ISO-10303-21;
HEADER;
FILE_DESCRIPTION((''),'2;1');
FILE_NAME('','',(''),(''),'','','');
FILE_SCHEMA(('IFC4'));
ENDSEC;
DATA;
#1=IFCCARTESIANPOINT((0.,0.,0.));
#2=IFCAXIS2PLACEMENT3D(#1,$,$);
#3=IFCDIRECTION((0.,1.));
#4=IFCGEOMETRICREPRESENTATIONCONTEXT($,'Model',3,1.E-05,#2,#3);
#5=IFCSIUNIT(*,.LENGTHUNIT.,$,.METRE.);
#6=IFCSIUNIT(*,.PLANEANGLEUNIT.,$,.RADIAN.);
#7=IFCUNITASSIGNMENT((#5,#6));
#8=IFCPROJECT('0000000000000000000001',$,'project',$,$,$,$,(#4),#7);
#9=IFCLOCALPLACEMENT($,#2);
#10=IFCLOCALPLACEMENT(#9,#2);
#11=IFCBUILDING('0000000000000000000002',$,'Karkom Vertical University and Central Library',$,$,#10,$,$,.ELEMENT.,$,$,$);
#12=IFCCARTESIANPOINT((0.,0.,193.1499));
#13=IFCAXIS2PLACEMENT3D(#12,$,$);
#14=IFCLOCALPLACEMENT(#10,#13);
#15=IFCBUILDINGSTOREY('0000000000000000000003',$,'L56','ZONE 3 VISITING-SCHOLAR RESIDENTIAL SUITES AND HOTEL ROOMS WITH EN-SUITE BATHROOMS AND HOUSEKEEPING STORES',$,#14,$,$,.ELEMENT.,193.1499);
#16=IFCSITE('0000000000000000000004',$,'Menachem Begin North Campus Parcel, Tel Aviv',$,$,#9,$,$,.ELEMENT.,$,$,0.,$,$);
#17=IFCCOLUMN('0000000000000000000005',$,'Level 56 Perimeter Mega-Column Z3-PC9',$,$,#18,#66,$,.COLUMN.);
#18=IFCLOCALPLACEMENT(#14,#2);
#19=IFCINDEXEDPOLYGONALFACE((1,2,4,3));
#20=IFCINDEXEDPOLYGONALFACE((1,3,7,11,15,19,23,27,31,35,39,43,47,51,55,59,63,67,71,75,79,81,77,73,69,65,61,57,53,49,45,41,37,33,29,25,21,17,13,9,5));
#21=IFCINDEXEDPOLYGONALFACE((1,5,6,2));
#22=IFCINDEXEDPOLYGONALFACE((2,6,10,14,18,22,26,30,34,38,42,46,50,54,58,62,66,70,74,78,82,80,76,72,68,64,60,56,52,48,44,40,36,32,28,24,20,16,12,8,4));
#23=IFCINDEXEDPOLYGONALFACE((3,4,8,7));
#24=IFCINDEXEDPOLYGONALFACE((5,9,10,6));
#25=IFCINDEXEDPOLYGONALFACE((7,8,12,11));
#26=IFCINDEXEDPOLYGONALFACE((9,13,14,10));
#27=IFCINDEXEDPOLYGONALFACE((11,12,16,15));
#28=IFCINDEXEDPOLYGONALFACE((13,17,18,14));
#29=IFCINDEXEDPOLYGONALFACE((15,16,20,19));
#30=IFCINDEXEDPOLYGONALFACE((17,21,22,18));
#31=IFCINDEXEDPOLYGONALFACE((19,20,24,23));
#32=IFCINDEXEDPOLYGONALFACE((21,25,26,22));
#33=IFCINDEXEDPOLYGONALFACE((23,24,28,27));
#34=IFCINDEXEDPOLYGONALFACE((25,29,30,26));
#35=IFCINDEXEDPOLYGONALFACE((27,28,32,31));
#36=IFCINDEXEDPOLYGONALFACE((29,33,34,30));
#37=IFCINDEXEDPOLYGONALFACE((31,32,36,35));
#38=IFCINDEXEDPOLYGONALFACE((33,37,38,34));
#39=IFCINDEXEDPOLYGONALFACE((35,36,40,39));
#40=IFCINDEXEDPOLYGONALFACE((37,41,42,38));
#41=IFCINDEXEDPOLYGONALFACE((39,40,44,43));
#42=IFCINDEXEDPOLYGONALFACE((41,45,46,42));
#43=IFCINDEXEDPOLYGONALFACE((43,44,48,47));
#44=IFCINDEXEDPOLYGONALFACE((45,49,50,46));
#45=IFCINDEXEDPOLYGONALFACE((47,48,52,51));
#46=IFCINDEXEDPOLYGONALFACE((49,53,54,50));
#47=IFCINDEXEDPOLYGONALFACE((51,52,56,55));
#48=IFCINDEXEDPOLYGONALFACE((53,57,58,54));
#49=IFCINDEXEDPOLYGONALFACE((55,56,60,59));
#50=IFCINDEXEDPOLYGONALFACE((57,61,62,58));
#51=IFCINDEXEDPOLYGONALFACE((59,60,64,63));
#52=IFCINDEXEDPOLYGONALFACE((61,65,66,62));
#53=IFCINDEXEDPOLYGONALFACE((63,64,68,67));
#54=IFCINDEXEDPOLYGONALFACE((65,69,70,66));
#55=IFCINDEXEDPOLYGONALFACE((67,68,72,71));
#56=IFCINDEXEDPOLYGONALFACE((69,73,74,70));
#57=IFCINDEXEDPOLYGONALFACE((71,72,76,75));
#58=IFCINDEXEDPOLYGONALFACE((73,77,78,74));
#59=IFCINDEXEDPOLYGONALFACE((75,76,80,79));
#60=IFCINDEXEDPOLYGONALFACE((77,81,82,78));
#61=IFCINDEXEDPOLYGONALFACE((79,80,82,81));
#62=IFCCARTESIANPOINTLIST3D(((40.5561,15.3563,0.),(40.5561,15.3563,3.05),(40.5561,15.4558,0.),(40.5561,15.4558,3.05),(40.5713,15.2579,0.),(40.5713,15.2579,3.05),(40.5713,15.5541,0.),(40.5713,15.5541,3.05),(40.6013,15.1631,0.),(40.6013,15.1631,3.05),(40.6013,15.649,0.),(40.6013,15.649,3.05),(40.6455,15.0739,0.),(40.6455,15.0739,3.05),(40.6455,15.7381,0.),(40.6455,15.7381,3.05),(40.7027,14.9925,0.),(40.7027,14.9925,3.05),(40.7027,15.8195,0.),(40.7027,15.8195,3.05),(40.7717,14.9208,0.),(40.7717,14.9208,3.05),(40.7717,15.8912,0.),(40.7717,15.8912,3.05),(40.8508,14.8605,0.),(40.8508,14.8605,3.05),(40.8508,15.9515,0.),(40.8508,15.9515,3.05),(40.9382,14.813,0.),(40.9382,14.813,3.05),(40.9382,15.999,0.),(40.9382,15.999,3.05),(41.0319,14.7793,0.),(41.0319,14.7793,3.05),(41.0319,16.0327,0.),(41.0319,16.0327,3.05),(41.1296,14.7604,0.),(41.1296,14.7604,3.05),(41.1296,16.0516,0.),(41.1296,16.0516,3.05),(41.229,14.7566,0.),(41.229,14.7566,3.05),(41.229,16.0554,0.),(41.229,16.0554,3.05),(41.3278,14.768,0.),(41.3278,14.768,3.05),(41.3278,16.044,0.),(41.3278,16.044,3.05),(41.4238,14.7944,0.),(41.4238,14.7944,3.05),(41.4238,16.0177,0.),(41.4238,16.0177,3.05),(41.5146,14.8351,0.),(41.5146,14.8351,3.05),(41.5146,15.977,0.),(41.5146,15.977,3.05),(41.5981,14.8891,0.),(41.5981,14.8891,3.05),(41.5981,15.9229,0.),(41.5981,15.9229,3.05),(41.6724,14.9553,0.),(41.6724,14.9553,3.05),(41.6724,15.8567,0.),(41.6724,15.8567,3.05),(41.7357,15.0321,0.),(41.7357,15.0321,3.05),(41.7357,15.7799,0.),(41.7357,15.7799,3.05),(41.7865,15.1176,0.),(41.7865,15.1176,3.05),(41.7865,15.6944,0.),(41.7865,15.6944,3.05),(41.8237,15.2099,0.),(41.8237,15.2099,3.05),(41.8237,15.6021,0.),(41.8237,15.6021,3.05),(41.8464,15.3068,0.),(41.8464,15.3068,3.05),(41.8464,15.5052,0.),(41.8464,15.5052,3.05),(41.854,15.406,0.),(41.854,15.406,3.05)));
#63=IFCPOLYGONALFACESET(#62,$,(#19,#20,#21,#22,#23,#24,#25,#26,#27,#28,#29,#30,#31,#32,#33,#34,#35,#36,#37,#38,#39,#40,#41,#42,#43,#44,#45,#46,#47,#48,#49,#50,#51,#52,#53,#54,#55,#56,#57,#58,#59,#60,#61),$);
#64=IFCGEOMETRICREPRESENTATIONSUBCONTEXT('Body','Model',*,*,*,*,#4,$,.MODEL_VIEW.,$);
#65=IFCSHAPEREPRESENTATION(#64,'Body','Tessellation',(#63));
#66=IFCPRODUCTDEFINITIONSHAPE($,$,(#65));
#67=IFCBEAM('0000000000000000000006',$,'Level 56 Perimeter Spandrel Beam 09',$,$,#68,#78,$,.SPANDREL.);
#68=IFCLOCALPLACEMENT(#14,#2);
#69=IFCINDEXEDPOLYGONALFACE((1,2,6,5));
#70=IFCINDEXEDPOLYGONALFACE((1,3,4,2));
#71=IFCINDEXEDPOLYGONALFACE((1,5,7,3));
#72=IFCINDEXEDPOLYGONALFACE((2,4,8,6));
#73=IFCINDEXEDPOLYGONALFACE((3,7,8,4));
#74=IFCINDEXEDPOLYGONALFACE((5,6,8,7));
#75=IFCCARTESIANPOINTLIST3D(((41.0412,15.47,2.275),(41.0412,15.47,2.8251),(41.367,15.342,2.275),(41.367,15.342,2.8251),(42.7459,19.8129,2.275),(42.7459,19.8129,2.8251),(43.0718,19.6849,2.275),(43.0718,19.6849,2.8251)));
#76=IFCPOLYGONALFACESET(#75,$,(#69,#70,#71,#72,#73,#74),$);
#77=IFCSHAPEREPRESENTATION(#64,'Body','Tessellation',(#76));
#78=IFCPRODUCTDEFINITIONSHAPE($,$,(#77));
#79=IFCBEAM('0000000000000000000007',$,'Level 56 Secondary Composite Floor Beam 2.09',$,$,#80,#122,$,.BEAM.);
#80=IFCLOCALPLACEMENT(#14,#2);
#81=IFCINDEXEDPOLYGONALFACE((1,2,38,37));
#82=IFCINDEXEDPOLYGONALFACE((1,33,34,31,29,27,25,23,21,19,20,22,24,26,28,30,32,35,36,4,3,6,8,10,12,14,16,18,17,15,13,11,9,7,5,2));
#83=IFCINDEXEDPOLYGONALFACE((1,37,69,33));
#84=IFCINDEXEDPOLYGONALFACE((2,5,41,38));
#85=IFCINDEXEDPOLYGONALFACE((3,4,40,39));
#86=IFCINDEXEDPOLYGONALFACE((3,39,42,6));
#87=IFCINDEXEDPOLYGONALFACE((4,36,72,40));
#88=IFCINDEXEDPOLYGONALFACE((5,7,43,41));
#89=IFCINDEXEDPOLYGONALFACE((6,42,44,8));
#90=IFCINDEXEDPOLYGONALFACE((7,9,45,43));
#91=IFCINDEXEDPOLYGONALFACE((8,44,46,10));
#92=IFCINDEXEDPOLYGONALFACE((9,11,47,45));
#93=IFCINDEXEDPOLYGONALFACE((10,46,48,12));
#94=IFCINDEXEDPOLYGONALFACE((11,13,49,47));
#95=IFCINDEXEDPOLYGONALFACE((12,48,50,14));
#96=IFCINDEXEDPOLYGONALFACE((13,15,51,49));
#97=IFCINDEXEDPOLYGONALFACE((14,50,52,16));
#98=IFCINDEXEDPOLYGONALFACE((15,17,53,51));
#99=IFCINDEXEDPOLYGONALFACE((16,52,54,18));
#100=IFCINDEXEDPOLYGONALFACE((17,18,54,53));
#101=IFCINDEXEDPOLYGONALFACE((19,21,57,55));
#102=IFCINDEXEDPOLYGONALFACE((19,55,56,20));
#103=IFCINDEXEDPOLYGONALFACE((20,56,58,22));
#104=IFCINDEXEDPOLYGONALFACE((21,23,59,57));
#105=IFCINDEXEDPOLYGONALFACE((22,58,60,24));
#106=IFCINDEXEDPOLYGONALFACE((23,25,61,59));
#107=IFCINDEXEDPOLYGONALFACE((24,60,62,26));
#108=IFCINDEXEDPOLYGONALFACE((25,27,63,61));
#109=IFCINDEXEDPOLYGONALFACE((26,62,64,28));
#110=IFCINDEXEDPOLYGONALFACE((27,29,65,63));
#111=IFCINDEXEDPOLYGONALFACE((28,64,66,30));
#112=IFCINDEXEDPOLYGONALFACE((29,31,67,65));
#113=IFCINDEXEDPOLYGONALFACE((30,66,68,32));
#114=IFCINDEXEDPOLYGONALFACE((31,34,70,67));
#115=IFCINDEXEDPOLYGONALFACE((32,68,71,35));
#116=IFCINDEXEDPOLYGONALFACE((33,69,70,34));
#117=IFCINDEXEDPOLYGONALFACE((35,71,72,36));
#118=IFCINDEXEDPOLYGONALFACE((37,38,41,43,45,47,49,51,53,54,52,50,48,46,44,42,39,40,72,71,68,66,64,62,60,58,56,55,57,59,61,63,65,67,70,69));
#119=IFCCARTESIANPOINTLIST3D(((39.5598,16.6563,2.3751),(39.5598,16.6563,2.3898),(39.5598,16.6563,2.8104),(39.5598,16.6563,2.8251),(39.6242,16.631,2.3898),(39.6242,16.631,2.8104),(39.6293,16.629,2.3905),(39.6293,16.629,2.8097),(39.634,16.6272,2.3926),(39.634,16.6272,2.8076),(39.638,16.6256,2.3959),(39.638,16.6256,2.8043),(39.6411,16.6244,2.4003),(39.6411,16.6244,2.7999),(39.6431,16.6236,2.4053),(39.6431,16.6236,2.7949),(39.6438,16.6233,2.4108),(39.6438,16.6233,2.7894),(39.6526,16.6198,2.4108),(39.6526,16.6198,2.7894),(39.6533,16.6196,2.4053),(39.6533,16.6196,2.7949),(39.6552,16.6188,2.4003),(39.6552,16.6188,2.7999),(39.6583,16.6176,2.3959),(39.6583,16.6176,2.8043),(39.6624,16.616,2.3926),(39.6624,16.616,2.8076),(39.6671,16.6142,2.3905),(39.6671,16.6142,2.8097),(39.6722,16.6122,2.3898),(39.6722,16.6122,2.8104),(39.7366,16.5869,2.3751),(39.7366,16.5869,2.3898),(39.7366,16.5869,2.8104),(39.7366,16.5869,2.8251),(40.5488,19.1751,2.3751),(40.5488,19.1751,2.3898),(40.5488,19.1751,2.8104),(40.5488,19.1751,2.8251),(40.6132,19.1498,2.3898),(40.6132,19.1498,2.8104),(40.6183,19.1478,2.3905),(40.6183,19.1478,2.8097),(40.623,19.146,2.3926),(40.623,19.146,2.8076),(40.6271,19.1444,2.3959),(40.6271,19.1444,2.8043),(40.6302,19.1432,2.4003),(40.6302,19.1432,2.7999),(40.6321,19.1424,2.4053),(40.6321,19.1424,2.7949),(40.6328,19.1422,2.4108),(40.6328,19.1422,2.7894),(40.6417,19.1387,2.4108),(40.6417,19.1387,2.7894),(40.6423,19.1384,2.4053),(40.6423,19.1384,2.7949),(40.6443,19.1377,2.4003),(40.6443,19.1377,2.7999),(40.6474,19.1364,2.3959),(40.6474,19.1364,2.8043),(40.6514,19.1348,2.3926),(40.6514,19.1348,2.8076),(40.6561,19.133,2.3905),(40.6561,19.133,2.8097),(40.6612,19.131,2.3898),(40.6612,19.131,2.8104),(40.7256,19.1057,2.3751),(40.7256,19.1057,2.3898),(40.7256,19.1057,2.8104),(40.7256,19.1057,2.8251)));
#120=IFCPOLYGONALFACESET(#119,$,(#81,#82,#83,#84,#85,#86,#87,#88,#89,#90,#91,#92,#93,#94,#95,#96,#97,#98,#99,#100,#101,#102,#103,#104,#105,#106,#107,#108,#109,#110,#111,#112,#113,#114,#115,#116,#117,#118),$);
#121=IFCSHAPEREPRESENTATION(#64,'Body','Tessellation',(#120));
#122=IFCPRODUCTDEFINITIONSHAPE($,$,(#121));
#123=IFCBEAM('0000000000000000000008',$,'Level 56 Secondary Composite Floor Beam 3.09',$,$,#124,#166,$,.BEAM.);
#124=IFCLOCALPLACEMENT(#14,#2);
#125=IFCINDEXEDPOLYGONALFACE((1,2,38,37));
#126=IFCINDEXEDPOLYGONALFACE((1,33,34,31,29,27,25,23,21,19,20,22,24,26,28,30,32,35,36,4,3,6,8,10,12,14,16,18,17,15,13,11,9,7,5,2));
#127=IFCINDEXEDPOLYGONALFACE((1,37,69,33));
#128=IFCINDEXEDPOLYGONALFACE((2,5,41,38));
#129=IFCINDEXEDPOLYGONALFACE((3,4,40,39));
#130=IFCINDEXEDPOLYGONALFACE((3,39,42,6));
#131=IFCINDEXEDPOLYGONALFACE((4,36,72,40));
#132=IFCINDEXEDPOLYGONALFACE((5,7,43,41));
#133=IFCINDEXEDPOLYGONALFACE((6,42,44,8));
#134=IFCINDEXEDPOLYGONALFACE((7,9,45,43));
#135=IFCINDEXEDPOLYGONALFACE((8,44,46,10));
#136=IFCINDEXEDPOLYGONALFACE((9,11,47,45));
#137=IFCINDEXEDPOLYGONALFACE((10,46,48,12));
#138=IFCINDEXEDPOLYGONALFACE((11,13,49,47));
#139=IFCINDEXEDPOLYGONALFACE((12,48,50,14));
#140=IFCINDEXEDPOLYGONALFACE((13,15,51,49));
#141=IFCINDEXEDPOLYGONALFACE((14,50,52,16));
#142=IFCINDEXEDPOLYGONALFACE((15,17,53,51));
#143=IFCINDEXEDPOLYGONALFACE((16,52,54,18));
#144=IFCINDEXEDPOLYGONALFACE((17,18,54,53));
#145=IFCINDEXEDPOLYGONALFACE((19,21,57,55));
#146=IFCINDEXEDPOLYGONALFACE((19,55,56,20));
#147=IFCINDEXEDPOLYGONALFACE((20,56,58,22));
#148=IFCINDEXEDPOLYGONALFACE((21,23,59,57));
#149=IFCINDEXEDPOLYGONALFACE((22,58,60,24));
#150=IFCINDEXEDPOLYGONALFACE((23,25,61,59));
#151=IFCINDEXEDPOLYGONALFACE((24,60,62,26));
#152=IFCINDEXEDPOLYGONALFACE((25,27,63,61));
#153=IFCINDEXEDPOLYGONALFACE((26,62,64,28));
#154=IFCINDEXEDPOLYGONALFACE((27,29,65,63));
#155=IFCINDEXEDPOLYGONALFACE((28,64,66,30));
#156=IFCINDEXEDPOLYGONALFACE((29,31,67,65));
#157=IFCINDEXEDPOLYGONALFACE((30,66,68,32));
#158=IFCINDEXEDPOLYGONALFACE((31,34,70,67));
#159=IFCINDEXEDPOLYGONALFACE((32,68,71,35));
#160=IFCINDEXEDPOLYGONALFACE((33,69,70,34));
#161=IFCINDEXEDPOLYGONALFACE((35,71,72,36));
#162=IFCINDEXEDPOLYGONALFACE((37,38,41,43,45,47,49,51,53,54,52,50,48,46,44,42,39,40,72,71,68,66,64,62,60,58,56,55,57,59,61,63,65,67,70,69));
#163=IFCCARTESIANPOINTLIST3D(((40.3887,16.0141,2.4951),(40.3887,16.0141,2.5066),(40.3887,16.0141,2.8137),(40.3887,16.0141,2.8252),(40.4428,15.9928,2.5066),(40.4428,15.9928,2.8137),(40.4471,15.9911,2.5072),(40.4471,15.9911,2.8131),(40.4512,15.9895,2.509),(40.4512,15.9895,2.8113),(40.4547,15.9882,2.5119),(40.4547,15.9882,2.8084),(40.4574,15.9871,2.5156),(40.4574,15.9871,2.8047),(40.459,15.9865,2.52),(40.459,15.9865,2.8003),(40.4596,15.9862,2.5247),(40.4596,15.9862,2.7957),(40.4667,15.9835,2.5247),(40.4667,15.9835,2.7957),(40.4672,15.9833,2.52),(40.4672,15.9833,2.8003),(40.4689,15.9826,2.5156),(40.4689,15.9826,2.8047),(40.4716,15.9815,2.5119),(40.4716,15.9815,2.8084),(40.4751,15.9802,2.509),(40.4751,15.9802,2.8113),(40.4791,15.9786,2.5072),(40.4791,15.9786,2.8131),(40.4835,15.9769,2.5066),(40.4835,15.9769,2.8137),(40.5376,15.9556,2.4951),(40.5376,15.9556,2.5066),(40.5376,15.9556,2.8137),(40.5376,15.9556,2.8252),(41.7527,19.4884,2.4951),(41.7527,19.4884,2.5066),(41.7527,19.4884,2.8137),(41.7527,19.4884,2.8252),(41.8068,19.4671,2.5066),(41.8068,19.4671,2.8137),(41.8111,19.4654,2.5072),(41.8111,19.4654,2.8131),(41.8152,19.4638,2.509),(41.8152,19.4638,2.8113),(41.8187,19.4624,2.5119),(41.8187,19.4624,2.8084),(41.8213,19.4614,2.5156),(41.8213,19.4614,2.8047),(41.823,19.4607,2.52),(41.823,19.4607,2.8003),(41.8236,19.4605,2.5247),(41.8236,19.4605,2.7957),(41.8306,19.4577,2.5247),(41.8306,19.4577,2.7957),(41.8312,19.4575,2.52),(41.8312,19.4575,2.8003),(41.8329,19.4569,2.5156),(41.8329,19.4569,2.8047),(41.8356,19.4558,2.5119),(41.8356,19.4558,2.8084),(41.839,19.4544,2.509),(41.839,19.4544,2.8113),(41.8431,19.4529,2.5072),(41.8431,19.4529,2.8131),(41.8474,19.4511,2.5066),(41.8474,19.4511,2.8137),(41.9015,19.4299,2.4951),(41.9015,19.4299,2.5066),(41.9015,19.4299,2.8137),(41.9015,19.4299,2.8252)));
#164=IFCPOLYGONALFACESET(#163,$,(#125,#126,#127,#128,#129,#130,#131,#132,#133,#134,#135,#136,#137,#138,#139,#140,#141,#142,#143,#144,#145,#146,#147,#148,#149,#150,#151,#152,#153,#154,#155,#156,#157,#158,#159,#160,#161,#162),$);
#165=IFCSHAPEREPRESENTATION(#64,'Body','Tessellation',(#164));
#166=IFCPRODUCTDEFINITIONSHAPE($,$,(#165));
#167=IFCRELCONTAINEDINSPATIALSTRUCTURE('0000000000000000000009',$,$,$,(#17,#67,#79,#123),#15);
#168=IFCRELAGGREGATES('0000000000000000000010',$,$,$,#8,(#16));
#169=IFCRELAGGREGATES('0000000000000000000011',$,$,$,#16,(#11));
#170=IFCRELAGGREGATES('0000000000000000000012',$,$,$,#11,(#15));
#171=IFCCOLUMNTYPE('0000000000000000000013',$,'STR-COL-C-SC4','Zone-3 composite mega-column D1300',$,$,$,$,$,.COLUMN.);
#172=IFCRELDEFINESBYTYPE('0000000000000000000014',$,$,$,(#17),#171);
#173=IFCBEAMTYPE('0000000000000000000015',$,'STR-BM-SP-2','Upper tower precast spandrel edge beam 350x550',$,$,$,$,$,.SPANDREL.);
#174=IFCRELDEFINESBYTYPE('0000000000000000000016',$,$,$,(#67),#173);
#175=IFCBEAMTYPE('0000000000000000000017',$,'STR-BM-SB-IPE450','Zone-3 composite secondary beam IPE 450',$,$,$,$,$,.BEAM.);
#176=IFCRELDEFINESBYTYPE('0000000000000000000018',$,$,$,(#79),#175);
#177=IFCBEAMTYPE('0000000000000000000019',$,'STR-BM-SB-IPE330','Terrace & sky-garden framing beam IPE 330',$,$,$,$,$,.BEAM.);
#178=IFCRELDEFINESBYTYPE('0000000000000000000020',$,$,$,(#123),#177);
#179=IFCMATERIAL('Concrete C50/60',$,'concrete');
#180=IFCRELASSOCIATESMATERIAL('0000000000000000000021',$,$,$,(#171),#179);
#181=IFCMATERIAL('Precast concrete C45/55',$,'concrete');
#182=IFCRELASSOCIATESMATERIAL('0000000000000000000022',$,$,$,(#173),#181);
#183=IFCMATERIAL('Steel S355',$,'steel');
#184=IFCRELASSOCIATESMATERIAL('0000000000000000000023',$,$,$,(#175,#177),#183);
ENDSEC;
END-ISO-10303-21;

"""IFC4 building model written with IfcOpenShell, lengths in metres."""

from ifc_helpers import new_model, si_unit, direction, frame, origin, origin_with_axes, origin_2d, place, context, subcontext, project, spatial, rectangle, circle, i_section, extrude, source, transform, mapped, material, material_profile, profile_set, type_object, element, save


model = new_model("IFC4")

# Units and contexts
model_context = context("Model", 3, precision=1e-05, world=origin(), true_north=direction((0.0, 1.0)))
body_context = subcontext(model_context, "Body", "Model", "MODEL_VIEW")
ifc_project = project(units=[si_unit("LENGTHUNIT", "METRE"), si_unit("PLANEANGLEUNIT", "RADIAN")], contexts=[model_context])

# Site, building, storey
site_placement = place(None, origin())
site = spatial("IfcSite", under=ifc_project, at=site_placement, Name="Menachem Begin North Campus Parcel, Tel Aviv", CompositionType="ELEMENT", RefElevation=0.0)
building_placement = place(site_placement, origin())
building = spatial("IfcBuilding", under=site, at=building_placement, Name="Karkom Vertical University and Central Library", CompositionType="ELEMENT")
storey_placement = place(building_placement, frame((0.0, 0.0, 193.1499)))
storey = spatial("IfcBuildingStorey", under=building, at=storey_placement, Name="L56", Description="ZONE 3 VISITING-SCHOLAR RESIDENTIAL SUITES AND HOTEL ROOMS WITH EN-SUITE BATHROOMS AND HOUSEKEEPING STORES", CompositionType="ELEMENT", Elevation=193.1499)

# Column
ifc_material_1 = material(Name="Concrete C50/60", Category="concrete")
ifc_material_profile_1 = material_profile(ifc_material_1, circle(Radius=0.6499, at=origin_2d()), Name="CFT-D1300")
ifc_profile_set_1 = profile_set([ifc_material_profile_1], Name="Concrete C50/60")
column_type = type_object("IfcColumnType", Name="STR-COL-C-SC4", Description="Zone-3 composite mega-column D1300", PredefinedType="COLUMN", material=ifc_profile_set_1)
shared_shape_1 = source(origin_with_axes(), body_context, "Body", "SweptSolid", [
    extrude(circle(Radius=0.6499, at=origin_2d()), origin(), (0.0, 0.0, 1.0), 3.05),
])
column_placement = place(storey_placement, frame((41.2041, 15.406, 0.0), z_axis=(0.0, 0.0, 1.0), x_axis=(1.0, 0.0, 0.0)))
element("IfcColumn", 1, at=column_placement, inside=storey, type_object=column_type, Name="Level 56 Perimeter Mega-Column Z3-PC9", PredefinedType="COLUMN", context=body_context, shape_type="MappedRepresentation", body=[
    mapped(shared_shape_1, transform((0.0, 0.0, 0.0), scale=1.0)),
])

# Beams
ifc_material_2 = material(Name="Precast concrete C45/55", Category="concrete")
ifc_material_profile_2 = material_profile(ifc_material_2, rectangle(XDim=0.3501, YDim=0.55, at=origin_2d()), Name="SPB-350x550")
ifc_profile_set_2 = profile_set([ifc_material_profile_2], Name="Precast concrete C45/55")
beam_type_1 = type_object("IfcBeamType", Name="STR-BM-SP-2", Description="Upper tower precast spandrel edge beam 350x550", PredefinedType="SPANDREL", material=ifc_profile_set_2)
shared_shape_2 = source(origin_with_axes(), body_context, "Body", "SweptSolid", [
    extrude(rectangle(XDim=0.3501, YDim=0.55, at=origin_2d()), origin(), (0.0, 0.0, 1.0), 4.6655),
])
beam_1_placement = place(storey_placement, frame((41.2041, 15.406, 2.55), z_axis=(0.365401, 0.93085, 0.0), x_axis=(-0.93085, 0.365401, 0.0)))
element("IfcBeam", 2, at=beam_1_placement, inside=storey, type_object=beam_type_1, Name="Level 56 Perimeter Spandrel Beam 09", PredefinedType="SPANDREL", context=body_context, shape_type="MappedRepresentation", body=[
    mapped(shared_shape_2, transform((0.0, 0.0, 0.0), scale=1.0)),
])
ifc_material_3 = material(Name="Steel S355", Category="steel")
ifc_material_profile_3 = material_profile(ifc_material_3, i_section(OverallWidth=0.1899, OverallDepth=0.45, WebThickness=0.0095, FlangeThickness=0.0146, FilletRadius=0.021, at=origin_2d()), Name="IPE 450")
ifc_profile_set_3 = profile_set([ifc_material_profile_3], Name="Steel S355")
beam_type_2 = type_object("IfcBeamType", Name="STR-BM-SB-IPE450", Description="Zone-3 composite secondary beam IPE 450", PredefinedType="BEAM", material=ifc_profile_set_3)
shared_shape_3 = source(origin_with_axes(), body_context, "Body", "SweptSolid", [
    extrude(i_section(OverallWidth=0.1899, OverallDepth=0.45, WebThickness=0.0095, FlangeThickness=0.0146, FilletRadius=0.021, at=origin_2d()), origin(), (0.0, 0.0, 1.0), 2.7061),
])
beam_2_placement = place(storey_placement, frame((39.6482, 16.6216, 2.6001), z_axis=(0.365488, 0.930816, 0.0), x_axis=(-0.930816, 0.365488, 0.0)))
element("IfcBeam", 3, at=beam_2_placement, inside=storey, type_object=beam_type_2, Name="Level 56 Secondary Composite Floor Beam 2.09", PredefinedType="BEAM", context=body_context, shape_type="MappedRepresentation", body=[
    mapped(shared_shape_3, transform((0.0, 0.0, 0.0), scale=1.0)),
])
ifc_material_profile_4 = material_profile(ifc_material_3, i_section(OverallWidth=0.1599, OverallDepth=0.3301, WebThickness=0.0076, FlangeThickness=0.0115, FilletRadius=0.0181, at=origin_2d()), Name="IPE 330")
ifc_profile_set_4 = profile_set([ifc_material_profile_4], Name="Steel S355")
beam_type_3 = type_object("IfcBeamType", Name="STR-BM-SB-IPE330", Description="Terrace & sky-garden framing beam IPE 330", PredefinedType="BEAM", material=ifc_profile_set_4)
shared_shape_4 = source(origin_with_axes(), body_context, "Body", "SweptSolid", [
    extrude(i_section(OverallWidth=0.1599, OverallDepth=0.3301, WebThickness=0.0076, FlangeThickness=0.0115, FilletRadius=0.0181, at=origin_2d()), origin(), (0.0, 0.0, 1.0), 3.7324),
])
beam_3_placement = place(storey_placement, frame((40.4631, 15.9849, 2.6602), z_axis=(0.36544, 0.930835, 0.0), x_axis=(-0.930835, 0.36544, 0.0)))
element("IfcBeam", 4, at=beam_3_placement, inside=storey, type_object=beam_type_3, Name="Level 56 Secondary Composite Floor Beam 3.09", PredefinedType="BEAM", context=body_context, shape_type="MappedRepresentation", body=[
    mapped(shared_shape_4, transform((0.0, 0.0, 0.0), scale=1.0)),
])

save(model, "model.ifc")
